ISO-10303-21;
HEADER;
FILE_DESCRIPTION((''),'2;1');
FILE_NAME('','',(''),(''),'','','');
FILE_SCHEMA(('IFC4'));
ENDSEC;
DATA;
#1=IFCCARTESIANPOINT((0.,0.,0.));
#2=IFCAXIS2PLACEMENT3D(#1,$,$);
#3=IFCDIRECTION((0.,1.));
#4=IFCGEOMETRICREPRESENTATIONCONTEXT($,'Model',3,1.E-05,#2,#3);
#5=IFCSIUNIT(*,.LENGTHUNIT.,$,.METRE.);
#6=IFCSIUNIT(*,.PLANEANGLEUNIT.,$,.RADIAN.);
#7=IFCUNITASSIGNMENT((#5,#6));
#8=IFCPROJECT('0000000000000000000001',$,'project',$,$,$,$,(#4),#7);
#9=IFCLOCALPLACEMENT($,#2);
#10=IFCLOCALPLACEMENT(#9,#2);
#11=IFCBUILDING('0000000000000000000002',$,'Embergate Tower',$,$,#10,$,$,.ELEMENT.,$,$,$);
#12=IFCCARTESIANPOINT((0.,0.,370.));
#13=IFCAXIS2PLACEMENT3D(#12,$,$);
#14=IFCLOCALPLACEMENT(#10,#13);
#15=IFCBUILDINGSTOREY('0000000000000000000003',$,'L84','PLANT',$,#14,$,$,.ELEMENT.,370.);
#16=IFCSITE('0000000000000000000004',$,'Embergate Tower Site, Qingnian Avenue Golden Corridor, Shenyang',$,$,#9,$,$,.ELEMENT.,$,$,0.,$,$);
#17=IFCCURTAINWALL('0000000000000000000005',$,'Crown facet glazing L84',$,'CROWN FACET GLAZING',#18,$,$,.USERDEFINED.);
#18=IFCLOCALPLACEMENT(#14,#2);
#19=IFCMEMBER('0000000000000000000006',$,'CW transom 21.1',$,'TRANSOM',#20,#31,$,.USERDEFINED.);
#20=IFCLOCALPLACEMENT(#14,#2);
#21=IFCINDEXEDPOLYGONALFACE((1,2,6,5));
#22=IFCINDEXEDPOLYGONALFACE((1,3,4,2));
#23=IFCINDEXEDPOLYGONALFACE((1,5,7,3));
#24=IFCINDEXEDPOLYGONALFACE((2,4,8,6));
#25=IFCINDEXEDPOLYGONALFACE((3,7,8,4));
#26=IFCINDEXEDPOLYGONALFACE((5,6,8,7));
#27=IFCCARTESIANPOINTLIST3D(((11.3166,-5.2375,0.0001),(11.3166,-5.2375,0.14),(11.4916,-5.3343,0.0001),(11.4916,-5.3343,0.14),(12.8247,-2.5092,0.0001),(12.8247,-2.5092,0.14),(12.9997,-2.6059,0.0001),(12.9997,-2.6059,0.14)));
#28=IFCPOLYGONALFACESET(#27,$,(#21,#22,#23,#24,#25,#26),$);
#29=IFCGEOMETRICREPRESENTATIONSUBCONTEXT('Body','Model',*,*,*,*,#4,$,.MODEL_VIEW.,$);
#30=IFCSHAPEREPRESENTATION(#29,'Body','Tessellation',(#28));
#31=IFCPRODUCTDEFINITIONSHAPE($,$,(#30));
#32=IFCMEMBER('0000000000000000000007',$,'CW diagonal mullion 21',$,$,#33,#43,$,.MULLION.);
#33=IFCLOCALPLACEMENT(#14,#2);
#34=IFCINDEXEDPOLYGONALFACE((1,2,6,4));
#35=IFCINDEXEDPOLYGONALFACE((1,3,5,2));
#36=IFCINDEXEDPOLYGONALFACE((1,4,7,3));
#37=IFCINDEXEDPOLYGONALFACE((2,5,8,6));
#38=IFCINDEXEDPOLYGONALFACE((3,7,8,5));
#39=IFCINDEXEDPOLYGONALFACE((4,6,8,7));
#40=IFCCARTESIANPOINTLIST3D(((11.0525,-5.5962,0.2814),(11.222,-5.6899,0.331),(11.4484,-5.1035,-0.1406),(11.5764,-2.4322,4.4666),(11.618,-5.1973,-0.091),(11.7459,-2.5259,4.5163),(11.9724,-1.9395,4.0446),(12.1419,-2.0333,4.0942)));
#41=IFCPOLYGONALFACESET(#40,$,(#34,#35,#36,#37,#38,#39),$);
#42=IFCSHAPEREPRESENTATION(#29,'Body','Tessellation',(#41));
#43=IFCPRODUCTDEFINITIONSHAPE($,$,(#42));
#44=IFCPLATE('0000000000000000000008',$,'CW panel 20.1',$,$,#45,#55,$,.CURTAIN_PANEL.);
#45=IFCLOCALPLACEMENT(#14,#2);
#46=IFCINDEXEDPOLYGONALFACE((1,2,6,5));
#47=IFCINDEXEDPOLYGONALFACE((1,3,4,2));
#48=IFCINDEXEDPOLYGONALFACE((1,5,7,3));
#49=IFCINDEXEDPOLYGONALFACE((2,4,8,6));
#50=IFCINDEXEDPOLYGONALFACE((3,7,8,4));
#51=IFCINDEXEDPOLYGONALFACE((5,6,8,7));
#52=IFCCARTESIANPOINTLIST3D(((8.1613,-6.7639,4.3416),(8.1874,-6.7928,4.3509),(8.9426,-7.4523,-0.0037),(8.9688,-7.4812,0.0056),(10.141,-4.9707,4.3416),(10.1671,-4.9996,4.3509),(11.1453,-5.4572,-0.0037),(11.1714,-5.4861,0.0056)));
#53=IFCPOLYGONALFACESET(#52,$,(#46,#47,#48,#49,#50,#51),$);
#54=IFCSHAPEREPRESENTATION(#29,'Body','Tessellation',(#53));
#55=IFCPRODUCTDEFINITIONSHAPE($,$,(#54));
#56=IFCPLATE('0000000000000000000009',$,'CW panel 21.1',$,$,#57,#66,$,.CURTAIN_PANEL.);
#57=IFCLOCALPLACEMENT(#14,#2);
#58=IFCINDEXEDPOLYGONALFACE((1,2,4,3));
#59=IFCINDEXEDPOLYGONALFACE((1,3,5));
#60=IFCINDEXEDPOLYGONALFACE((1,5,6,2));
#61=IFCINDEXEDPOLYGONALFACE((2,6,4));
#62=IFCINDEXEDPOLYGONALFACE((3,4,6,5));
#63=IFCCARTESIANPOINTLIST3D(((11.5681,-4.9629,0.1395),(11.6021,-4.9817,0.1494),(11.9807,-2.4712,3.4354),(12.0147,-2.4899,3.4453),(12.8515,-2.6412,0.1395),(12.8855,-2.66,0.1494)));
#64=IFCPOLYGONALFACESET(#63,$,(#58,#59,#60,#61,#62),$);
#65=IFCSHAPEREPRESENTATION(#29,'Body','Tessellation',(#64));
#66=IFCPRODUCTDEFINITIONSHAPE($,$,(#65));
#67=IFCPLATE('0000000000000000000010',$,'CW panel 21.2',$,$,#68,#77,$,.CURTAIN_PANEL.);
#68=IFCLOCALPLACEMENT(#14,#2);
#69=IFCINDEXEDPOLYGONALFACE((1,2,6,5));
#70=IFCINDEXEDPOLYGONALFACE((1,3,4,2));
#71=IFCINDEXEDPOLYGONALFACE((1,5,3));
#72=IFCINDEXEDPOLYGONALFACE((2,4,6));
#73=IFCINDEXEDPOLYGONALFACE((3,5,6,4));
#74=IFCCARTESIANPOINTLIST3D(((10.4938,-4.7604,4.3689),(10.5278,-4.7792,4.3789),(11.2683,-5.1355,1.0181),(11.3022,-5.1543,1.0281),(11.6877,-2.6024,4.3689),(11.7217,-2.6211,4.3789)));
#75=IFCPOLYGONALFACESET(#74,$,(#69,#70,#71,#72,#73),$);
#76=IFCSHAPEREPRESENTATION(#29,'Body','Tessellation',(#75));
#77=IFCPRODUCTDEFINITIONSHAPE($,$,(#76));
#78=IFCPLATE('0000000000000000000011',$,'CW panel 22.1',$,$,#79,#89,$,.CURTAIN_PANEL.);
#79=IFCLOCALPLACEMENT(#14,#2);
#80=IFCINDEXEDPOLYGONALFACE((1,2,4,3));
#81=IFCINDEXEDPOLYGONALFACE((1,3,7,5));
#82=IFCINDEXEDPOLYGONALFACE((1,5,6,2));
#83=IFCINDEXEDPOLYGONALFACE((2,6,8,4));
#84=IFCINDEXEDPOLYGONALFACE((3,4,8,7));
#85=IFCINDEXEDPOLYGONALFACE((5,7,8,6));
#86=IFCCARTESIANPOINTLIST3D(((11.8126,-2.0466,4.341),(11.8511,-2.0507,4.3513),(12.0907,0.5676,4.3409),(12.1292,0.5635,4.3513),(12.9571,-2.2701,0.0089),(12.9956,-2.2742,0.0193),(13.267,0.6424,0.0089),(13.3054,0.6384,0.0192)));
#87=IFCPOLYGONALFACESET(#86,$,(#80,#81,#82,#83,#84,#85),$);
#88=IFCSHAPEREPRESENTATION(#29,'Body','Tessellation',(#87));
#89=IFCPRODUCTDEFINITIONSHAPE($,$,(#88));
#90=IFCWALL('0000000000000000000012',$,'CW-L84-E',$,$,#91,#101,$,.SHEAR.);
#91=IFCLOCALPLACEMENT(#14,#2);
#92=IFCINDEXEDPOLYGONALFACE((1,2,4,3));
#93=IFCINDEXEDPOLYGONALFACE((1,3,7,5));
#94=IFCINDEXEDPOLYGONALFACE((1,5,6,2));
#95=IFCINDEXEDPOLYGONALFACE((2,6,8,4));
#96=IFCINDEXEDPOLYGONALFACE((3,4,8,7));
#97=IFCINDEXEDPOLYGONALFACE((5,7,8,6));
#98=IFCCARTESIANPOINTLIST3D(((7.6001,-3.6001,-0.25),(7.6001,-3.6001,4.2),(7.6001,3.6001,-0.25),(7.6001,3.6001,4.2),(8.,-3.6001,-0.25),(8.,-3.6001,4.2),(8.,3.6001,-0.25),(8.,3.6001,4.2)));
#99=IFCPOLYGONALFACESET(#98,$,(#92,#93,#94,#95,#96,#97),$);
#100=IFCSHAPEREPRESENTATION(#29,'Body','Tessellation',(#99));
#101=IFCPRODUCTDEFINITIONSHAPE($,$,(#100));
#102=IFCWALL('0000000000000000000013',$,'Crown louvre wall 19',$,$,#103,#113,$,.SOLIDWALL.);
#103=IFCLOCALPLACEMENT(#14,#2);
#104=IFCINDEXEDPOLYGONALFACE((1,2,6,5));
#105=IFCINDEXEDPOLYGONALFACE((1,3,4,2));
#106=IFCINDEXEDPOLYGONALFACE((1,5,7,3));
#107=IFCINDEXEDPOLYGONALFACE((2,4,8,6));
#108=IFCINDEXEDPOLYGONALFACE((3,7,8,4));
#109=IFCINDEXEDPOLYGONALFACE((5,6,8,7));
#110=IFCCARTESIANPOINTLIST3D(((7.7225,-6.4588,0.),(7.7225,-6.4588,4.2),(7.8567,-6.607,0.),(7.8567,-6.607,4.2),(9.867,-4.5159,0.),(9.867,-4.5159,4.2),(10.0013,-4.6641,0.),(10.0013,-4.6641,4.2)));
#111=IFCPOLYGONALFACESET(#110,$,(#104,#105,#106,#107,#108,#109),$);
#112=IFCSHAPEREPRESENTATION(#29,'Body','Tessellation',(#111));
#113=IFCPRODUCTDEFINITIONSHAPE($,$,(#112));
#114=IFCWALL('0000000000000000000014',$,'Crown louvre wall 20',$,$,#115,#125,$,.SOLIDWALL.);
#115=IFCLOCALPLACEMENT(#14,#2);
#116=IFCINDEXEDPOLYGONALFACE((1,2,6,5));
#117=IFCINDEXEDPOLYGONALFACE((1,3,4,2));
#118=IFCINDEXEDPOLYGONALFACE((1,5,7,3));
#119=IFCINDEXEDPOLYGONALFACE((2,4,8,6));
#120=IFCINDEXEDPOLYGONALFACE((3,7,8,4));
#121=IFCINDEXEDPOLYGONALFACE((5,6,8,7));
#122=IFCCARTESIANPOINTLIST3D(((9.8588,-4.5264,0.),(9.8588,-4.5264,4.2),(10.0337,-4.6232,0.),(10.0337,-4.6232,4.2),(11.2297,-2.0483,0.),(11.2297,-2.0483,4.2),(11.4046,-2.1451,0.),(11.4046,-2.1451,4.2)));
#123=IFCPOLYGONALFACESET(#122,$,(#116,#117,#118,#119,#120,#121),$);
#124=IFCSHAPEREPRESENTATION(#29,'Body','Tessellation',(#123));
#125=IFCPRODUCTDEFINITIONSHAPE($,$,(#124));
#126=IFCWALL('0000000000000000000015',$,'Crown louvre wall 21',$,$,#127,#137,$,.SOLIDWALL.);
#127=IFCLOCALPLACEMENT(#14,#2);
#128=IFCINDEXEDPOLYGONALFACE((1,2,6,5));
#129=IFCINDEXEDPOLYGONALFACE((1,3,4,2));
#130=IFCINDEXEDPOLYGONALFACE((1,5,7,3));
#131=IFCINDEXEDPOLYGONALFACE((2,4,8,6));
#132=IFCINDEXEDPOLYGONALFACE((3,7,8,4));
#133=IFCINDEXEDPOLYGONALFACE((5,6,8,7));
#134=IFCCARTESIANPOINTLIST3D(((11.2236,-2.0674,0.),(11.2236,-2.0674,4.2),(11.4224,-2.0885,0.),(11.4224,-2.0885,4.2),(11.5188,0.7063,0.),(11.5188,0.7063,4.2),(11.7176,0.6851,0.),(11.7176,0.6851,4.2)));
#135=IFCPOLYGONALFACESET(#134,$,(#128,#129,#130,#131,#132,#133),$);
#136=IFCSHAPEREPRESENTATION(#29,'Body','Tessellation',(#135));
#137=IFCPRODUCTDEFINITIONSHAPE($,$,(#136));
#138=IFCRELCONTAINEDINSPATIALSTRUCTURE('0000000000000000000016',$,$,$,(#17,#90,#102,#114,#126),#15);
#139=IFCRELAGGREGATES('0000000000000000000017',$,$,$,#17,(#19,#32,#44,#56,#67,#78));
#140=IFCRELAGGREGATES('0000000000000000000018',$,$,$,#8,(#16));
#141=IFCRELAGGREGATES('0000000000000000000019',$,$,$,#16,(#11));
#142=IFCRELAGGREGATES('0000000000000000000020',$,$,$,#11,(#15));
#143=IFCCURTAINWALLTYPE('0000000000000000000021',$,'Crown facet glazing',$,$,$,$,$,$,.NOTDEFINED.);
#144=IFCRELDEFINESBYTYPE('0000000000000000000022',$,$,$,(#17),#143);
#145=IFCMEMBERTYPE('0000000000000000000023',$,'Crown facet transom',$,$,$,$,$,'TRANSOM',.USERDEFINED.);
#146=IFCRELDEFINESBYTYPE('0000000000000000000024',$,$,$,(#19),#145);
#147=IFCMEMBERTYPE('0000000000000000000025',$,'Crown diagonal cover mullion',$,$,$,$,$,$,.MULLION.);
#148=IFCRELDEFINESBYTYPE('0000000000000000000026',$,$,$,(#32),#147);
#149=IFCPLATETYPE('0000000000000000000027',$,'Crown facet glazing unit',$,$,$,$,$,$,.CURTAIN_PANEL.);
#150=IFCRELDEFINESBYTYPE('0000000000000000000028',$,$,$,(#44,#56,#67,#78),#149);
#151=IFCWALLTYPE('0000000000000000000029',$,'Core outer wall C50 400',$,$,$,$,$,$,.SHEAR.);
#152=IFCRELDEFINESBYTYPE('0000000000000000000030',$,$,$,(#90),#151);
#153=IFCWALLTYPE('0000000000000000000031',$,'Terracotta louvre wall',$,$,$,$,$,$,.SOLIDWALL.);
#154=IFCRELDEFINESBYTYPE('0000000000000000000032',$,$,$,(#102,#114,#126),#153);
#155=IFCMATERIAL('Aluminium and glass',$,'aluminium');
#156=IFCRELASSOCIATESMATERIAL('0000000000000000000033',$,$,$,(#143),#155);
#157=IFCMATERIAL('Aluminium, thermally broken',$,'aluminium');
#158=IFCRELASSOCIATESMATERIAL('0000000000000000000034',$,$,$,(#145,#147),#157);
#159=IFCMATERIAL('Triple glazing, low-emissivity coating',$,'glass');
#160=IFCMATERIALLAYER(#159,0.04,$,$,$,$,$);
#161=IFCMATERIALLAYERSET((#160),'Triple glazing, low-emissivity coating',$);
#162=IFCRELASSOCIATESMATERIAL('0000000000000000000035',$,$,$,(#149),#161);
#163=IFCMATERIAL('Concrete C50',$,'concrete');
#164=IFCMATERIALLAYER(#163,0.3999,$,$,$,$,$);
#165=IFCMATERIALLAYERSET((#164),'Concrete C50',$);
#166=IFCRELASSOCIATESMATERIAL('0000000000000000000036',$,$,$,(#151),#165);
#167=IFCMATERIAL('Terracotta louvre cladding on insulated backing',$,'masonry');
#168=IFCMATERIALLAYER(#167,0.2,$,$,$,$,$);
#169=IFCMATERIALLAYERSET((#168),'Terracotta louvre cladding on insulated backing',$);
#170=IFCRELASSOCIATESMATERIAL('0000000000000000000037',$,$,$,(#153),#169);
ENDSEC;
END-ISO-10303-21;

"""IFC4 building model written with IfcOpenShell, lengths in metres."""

from ifc_helpers import new_model, si_unit, direction, frame, frame_2d, origin, origin_2d, place, context, subcontext, project, spatial, polyline, rectangle, outline, extrude, source, transform, mapped, material, layer, layer_set, material_profile, profile_set, type_object, element, aggregate, save


model = new_model("IFC4")

# Units and contexts
model_context = context("Model", 3, precision=1e-05, world=origin(), true_north=direction((0.0, 1.0)))
body_context = subcontext(model_context, "Body", "Model", "MODEL_VIEW")
ifc_project = project(units=[si_unit("LENGTHUNIT", "METRE"), si_unit("PLANEANGLEUNIT", "RADIAN")], contexts=[model_context])

# Site, building, storey
site_placement = place(None, origin())
site = spatial("IfcSite", under=ifc_project, at=site_placement, Name="Embergate Tower Site, Qingnian Avenue Golden Corridor, Shenyang", CompositionType="ELEMENT", RefElevation=0.0)
building_placement = place(site_placement, origin())
building = spatial("IfcBuilding", under=site, at=building_placement, Name="Embergate Tower", CompositionType="ELEMENT")
storey_placement = place(building_placement, frame((0.0, 0.0, 370.0)))
storey = spatial("IfcBuildingStorey", under=building, at=storey_placement, Name="L84", Description="PLANT", CompositionType="ELEMENT", Elevation=370.0)

# Curtain wall, members, plates
ifc_material_1 = material(Name="Aluminium and glass", Category="aluminium")
curtain_wall_type = type_object("IfcCurtainWallType", Name="Crown facet glazing", PredefinedType="NOTDEFINED", material=ifc_material_1)
curtain_wall_placement = place(storey_placement, origin())
curtain_wall = element("IfcCurtainWall", 1, at=curtain_wall_placement, inside=storey, type_object=curtain_wall_type, Name="Crown facet glazing L84", ObjectType="CROWN FACET GLAZING", PredefinedType="USERDEFINED")
ifc_material_2 = material(Name="Aluminium, thermally broken", Category="aluminium")
ifc_material_profile_1 = material_profile(ifc_material_2, rectangle(XDim=0.2, YDim=0.1399, at=origin_2d()), Name="AL 140x200")
ifc_profile_set_1 = profile_set([ifc_material_profile_1], Name="Aluminium, thermally broken")
member_type_1 = type_object("IfcMemberType", Name="Crown facet transom", ElementType="TRANSOM", PredefinedType="USERDEFINED", material=ifc_profile_set_1)
shared_shape_1 = source(origin(), body_context, "Body", "SweptSolid", [
    extrude(rectangle(XDim=0.2, YDim=0.1399, at=origin_2d()), origin(), (0.0, 0.0, 1.0), 3.1174),
])
member_1_placement = place(storey_placement, frame((11.4041, -5.2859, 0.0701), z_axis=(0.483767, 0.875197, 0.0), x_axis=(-0.875197, 0.483767, 0.0)))
member_1 = element("IfcMember", 2, at=member_1_placement, type_object=member_type_1, Name="CW transom 21.1", ObjectType="TRANSOM", PredefinedType="USERDEFINED", context=body_context, shape_type="MappedRepresentation", body=[
    mapped(shared_shape_1, transform((0.0, 0.0, 0.0))),
])
ifc_material_profile_2 = material_profile(ifc_material_2, rectangle(XDim=0.2, YDim=0.76, at=origin_2d()), Name="AL 760x200")
ifc_profile_set_2 = profile_set([ifc_material_profile_2], Name="Aluminium, thermally broken")
member_type_2 = type_object("IfcMemberType", Name="Crown diagonal cover mullion", PredefinedType="MULLION", material=ifc_profile_set_2)
shared_shape_2 = source(origin(), body_context, "Body", "SweptSolid", [
    extrude(rectangle(XDim=0.2, YDim=0.76, at=origin_2d()), origin(), (0.0, 0.0, 1.0), 5.2727),
])
member_2_placement = place(storey_placement, frame((11.3352, -5.3967, 0.0952), z_axis=(0.099364, 0.600071, 0.793752), x_axis=(0.847734, -0.468744, 0.248247)))
member_2 = element("IfcMember", 3, at=member_2_placement, type_object=member_type_2, Name="CW diagonal mullion 21", PredefinedType="MULLION", context=body_context, shape_type="MappedRepresentation", body=[
    mapped(shared_shape_2, transform((0.0, 0.0, 0.0))),
])
ifc_material_3 = material(Name="Triple glazing, low-emissivity coating", Category="glass")
ifc_layer_1 = layer(ifc_material_3, 0.04)
ifc_layer_set_1 = layer_set([ifc_layer_1], Name="Triple glazing, low-emissivity coating")
plate_type = type_object("IfcPlateType", Name="Crown facet glazing unit", PredefinedType="CURTAIN_PANEL", material=ifc_layer_set_1)
shared_shape_3 = source(origin(), body_context, "Body", "SweptSolid", [
    extrude(outline(polyline([(0.0, 0.0), (2.9719, 0.0), (2.5542, 4.4668), (-0.1169, 4.4668), (0.0, 0.0)])), origin(), (0.0, 0.0, -1.0), 0.04),
])
plate_1_placement = place(storey_placement, frame((8.9688, -7.4812, 0.0056), z_axis=(0.653068, -0.720997, 0.231657), x_axis=(0.741158, 0.67133, 0.0)))
plate_1 = element("IfcPlate", 4, at=plate_1_placement, type_object=plate_type, Name="CW panel 20.1", PredefinedType="CURTAIN_PANEL", context=body_context, shape_type="MappedRepresentation", body=[
    mapped(shared_shape_3, transform((0.0, 0.0, 0.0))),
])
shared_shape_4 = source(origin(), body_context, "Body", "SweptSolid", [
    extrude(outline(polyline([(0.0, 0.0), (2.6528, 0.0), (2.3804, 3.4023), (0.0, 0.0)])), origin(), (0.0, 0.0, -1.0), 0.04),
])
plate_2_placement = place(storey_placement, frame((11.6021, -4.9817, 0.1494), z_axis=(0.847805, -0.468655, 0.248171), x_axis=(0.48379, 0.875184, 0.0)))
plate_2 = element("IfcPlate", 5, at=plate_2_placement, type_object=plate_type, Name="CW panel 21.1", PredefinedType="CURTAIN_PANEL", context=body_context, shape_type="MappedRepresentation", body=[
    mapped(shared_shape_4, transform((0.0, 0.0, 0.0))),
])
shared_shape_5 = source(origin(), body_context, "Body", "SweptSolid", [
    extrude(outline(polyline([(0.0, 0.0), (4.2214, 0.0), (2.8079, 2.021), (0.0, 0.0)])), origin(), (0.0, 0.0, -1.0), 0.04),
])
plate_3_placement = place(storey_placement, frame((11.3022, -5.1543, 1.0281), z_axis=(0.847594, -0.468915, 0.2484), x_axis=(0.099356, 0.600071, 0.793752)))
plate_3 = element("IfcPlate", 6, at=plate_3_placement, type_object=plate_type, Name="CW panel 21.2", PredefinedType="CURTAIN_PANEL", context=body_context, shape_type="MappedRepresentation", body=[
    mapped(shared_shape_5, transform((0.0, 0.0, 0.0))),
])
shared_shape_6 = source(origin(), body_context, "Body", "SweptSolid", [
    extrude(outline(polyline([(0.0, 0.0), (2.929, 0.0), (2.73, 4.4851), (0.1011, 4.4851), (0.0, 0.0)])), origin(), (0.0, 0.0, -1.0), 0.04),
])
plate_4_placement = place(storey_placement, frame((12.9956, -2.2742, 0.0193), z_axis=(0.960453, -0.102163, 0.259022), x_axis=(0.105779, 0.99439, -0.000021)))
plate_4 = element("IfcPlate", 7, at=plate_4_placement, type_object=plate_type, Name="CW panel 22.1", PredefinedType="CURTAIN_PANEL", context=body_context, shape_type="MappedRepresentation", body=[
    mapped(shared_shape_6, transform((0.0, 0.0, 0.0))),
])
aggregate(curtain_wall, [member_1, member_2, plate_1, plate_2, plate_3, plate_4])

# Walls
ifc_material_4 = material(Name="Concrete C50", Category="concrete")
ifc_layer_2 = layer(ifc_material_4, 0.3999)
ifc_layer_set_2 = layer_set([ifc_layer_2], Name="Concrete C50")
wall_type_1 = type_object("IfcWallType", Name="Core outer wall C50 400", PredefinedType="SHEAR", material=ifc_layer_set_2)
shared_shape_7 = source(origin(), body_context, "Body", "SweptSolid", [
    extrude(rectangle(XDim=7.2002, YDim=0.3999, at=frame_2d((3.6001, 0.0))), origin(), (0.0, 0.0, 1.0), 4.45),
])
wall_1_placement = place(storey_placement, frame((7.8, -3.6001, -0.25), z_axis=(0.0, 0.0, 1.0), x_axis=(0.0, 1.0, 0.0)))
element("IfcWall", 8, at=wall_1_placement, inside=storey, type_object=wall_type_1, Name="CW-L84-E", PredefinedType="SHEAR", context=body_context, shape_type="MappedRepresentation", body=[
    mapped(shared_shape_7, transform((0.0, 0.0, 0.0))),
])
ifc_material_5 = material(Name="Terracotta louvre cladding on insulated backing", Category="masonry")
ifc_layer_3 = layer(ifc_material_5, 0.2)
ifc_layer_set_3 = layer_set([ifc_layer_3], Name="Terracotta louvre cladding on insulated backing")
wall_type_2 = type_object("IfcWallType", Name="Terracotta louvre wall", PredefinedType="SOLIDWALL", material=ifc_layer_set_3)
shared_shape_8 = source(origin(), body_context, "Body", "SweptSolid", [
    extrude(rectangle(XDim=2.8938, YDim=0.2, at=frame_2d((1.4468, 0.0))), origin(), (0.0, 0.0, 1.0), 4.2),
])
wall_2_placement = place(storey_placement, frame((9.9341, -4.5901, 0.0), z_axis=(0.0, 0.0, 1.0), x_axis=(-0.741092, -0.671404, 0.0)))
element("IfcWall", 9, at=wall_2_placement, inside=storey, type_object=wall_type_2, Name="Crown louvre wall 19", PredefinedType="SOLIDWALL", context=body_context, shape_type="MappedRepresentation", body=[
    mapped(shared_shape_8, transform((0.0, 0.0, 0.0))),
])
shared_shape_9 = source(origin(), body_context, "Body", "SweptSolid", [
    extrude(rectangle(XDim=2.832, YDim=0.2, at=frame_2d((1.416, 0.0))), origin(), (0.0, 0.0, 1.0), 4.2),
])
wall_3_placement = place(storey_placement, frame((11.3171, -2.0967, 0.0), z_axis=(0.0, 0.0, 1.0), x_axis=(-0.484068, -0.87503, 0.0)))
element("IfcWall", 10, at=wall_3_placement, inside=storey, type_object=wall_type_2, Name="Crown louvre wall 20", PredefinedType="SOLIDWALL", context=body_context, shape_type="MappedRepresentation", body=[
    mapped(shared_shape_9, transform((0.0, 0.0, 0.0))),
])
shared_shape_10 = source(origin(), body_context, "Body", "SweptSolid", [
    extrude(rectangle(XDim=2.7893, YDim=0.2, at=frame_2d((1.3945, 0.0))), origin(), (0.0, 0.0, 1.0), 4.2),
])
wall_4_placement = place(storey_placement, frame((11.6182, 0.6956, 0.0), z_axis=(0.0, 0.0, 1.0), x_axis=(-0.105819, -0.994385, 0.0)))
element("IfcWall", 11, at=wall_4_placement, inside=storey, type_object=wall_type_2, Name="Crown louvre wall 21", PredefinedType="SOLIDWALL", context=body_context, shape_type="MappedRepresentation", body=[
    mapped(shared_shape_10, transform((0.0, 0.0, 0.0))),
])

save(model, "model.ifc")
